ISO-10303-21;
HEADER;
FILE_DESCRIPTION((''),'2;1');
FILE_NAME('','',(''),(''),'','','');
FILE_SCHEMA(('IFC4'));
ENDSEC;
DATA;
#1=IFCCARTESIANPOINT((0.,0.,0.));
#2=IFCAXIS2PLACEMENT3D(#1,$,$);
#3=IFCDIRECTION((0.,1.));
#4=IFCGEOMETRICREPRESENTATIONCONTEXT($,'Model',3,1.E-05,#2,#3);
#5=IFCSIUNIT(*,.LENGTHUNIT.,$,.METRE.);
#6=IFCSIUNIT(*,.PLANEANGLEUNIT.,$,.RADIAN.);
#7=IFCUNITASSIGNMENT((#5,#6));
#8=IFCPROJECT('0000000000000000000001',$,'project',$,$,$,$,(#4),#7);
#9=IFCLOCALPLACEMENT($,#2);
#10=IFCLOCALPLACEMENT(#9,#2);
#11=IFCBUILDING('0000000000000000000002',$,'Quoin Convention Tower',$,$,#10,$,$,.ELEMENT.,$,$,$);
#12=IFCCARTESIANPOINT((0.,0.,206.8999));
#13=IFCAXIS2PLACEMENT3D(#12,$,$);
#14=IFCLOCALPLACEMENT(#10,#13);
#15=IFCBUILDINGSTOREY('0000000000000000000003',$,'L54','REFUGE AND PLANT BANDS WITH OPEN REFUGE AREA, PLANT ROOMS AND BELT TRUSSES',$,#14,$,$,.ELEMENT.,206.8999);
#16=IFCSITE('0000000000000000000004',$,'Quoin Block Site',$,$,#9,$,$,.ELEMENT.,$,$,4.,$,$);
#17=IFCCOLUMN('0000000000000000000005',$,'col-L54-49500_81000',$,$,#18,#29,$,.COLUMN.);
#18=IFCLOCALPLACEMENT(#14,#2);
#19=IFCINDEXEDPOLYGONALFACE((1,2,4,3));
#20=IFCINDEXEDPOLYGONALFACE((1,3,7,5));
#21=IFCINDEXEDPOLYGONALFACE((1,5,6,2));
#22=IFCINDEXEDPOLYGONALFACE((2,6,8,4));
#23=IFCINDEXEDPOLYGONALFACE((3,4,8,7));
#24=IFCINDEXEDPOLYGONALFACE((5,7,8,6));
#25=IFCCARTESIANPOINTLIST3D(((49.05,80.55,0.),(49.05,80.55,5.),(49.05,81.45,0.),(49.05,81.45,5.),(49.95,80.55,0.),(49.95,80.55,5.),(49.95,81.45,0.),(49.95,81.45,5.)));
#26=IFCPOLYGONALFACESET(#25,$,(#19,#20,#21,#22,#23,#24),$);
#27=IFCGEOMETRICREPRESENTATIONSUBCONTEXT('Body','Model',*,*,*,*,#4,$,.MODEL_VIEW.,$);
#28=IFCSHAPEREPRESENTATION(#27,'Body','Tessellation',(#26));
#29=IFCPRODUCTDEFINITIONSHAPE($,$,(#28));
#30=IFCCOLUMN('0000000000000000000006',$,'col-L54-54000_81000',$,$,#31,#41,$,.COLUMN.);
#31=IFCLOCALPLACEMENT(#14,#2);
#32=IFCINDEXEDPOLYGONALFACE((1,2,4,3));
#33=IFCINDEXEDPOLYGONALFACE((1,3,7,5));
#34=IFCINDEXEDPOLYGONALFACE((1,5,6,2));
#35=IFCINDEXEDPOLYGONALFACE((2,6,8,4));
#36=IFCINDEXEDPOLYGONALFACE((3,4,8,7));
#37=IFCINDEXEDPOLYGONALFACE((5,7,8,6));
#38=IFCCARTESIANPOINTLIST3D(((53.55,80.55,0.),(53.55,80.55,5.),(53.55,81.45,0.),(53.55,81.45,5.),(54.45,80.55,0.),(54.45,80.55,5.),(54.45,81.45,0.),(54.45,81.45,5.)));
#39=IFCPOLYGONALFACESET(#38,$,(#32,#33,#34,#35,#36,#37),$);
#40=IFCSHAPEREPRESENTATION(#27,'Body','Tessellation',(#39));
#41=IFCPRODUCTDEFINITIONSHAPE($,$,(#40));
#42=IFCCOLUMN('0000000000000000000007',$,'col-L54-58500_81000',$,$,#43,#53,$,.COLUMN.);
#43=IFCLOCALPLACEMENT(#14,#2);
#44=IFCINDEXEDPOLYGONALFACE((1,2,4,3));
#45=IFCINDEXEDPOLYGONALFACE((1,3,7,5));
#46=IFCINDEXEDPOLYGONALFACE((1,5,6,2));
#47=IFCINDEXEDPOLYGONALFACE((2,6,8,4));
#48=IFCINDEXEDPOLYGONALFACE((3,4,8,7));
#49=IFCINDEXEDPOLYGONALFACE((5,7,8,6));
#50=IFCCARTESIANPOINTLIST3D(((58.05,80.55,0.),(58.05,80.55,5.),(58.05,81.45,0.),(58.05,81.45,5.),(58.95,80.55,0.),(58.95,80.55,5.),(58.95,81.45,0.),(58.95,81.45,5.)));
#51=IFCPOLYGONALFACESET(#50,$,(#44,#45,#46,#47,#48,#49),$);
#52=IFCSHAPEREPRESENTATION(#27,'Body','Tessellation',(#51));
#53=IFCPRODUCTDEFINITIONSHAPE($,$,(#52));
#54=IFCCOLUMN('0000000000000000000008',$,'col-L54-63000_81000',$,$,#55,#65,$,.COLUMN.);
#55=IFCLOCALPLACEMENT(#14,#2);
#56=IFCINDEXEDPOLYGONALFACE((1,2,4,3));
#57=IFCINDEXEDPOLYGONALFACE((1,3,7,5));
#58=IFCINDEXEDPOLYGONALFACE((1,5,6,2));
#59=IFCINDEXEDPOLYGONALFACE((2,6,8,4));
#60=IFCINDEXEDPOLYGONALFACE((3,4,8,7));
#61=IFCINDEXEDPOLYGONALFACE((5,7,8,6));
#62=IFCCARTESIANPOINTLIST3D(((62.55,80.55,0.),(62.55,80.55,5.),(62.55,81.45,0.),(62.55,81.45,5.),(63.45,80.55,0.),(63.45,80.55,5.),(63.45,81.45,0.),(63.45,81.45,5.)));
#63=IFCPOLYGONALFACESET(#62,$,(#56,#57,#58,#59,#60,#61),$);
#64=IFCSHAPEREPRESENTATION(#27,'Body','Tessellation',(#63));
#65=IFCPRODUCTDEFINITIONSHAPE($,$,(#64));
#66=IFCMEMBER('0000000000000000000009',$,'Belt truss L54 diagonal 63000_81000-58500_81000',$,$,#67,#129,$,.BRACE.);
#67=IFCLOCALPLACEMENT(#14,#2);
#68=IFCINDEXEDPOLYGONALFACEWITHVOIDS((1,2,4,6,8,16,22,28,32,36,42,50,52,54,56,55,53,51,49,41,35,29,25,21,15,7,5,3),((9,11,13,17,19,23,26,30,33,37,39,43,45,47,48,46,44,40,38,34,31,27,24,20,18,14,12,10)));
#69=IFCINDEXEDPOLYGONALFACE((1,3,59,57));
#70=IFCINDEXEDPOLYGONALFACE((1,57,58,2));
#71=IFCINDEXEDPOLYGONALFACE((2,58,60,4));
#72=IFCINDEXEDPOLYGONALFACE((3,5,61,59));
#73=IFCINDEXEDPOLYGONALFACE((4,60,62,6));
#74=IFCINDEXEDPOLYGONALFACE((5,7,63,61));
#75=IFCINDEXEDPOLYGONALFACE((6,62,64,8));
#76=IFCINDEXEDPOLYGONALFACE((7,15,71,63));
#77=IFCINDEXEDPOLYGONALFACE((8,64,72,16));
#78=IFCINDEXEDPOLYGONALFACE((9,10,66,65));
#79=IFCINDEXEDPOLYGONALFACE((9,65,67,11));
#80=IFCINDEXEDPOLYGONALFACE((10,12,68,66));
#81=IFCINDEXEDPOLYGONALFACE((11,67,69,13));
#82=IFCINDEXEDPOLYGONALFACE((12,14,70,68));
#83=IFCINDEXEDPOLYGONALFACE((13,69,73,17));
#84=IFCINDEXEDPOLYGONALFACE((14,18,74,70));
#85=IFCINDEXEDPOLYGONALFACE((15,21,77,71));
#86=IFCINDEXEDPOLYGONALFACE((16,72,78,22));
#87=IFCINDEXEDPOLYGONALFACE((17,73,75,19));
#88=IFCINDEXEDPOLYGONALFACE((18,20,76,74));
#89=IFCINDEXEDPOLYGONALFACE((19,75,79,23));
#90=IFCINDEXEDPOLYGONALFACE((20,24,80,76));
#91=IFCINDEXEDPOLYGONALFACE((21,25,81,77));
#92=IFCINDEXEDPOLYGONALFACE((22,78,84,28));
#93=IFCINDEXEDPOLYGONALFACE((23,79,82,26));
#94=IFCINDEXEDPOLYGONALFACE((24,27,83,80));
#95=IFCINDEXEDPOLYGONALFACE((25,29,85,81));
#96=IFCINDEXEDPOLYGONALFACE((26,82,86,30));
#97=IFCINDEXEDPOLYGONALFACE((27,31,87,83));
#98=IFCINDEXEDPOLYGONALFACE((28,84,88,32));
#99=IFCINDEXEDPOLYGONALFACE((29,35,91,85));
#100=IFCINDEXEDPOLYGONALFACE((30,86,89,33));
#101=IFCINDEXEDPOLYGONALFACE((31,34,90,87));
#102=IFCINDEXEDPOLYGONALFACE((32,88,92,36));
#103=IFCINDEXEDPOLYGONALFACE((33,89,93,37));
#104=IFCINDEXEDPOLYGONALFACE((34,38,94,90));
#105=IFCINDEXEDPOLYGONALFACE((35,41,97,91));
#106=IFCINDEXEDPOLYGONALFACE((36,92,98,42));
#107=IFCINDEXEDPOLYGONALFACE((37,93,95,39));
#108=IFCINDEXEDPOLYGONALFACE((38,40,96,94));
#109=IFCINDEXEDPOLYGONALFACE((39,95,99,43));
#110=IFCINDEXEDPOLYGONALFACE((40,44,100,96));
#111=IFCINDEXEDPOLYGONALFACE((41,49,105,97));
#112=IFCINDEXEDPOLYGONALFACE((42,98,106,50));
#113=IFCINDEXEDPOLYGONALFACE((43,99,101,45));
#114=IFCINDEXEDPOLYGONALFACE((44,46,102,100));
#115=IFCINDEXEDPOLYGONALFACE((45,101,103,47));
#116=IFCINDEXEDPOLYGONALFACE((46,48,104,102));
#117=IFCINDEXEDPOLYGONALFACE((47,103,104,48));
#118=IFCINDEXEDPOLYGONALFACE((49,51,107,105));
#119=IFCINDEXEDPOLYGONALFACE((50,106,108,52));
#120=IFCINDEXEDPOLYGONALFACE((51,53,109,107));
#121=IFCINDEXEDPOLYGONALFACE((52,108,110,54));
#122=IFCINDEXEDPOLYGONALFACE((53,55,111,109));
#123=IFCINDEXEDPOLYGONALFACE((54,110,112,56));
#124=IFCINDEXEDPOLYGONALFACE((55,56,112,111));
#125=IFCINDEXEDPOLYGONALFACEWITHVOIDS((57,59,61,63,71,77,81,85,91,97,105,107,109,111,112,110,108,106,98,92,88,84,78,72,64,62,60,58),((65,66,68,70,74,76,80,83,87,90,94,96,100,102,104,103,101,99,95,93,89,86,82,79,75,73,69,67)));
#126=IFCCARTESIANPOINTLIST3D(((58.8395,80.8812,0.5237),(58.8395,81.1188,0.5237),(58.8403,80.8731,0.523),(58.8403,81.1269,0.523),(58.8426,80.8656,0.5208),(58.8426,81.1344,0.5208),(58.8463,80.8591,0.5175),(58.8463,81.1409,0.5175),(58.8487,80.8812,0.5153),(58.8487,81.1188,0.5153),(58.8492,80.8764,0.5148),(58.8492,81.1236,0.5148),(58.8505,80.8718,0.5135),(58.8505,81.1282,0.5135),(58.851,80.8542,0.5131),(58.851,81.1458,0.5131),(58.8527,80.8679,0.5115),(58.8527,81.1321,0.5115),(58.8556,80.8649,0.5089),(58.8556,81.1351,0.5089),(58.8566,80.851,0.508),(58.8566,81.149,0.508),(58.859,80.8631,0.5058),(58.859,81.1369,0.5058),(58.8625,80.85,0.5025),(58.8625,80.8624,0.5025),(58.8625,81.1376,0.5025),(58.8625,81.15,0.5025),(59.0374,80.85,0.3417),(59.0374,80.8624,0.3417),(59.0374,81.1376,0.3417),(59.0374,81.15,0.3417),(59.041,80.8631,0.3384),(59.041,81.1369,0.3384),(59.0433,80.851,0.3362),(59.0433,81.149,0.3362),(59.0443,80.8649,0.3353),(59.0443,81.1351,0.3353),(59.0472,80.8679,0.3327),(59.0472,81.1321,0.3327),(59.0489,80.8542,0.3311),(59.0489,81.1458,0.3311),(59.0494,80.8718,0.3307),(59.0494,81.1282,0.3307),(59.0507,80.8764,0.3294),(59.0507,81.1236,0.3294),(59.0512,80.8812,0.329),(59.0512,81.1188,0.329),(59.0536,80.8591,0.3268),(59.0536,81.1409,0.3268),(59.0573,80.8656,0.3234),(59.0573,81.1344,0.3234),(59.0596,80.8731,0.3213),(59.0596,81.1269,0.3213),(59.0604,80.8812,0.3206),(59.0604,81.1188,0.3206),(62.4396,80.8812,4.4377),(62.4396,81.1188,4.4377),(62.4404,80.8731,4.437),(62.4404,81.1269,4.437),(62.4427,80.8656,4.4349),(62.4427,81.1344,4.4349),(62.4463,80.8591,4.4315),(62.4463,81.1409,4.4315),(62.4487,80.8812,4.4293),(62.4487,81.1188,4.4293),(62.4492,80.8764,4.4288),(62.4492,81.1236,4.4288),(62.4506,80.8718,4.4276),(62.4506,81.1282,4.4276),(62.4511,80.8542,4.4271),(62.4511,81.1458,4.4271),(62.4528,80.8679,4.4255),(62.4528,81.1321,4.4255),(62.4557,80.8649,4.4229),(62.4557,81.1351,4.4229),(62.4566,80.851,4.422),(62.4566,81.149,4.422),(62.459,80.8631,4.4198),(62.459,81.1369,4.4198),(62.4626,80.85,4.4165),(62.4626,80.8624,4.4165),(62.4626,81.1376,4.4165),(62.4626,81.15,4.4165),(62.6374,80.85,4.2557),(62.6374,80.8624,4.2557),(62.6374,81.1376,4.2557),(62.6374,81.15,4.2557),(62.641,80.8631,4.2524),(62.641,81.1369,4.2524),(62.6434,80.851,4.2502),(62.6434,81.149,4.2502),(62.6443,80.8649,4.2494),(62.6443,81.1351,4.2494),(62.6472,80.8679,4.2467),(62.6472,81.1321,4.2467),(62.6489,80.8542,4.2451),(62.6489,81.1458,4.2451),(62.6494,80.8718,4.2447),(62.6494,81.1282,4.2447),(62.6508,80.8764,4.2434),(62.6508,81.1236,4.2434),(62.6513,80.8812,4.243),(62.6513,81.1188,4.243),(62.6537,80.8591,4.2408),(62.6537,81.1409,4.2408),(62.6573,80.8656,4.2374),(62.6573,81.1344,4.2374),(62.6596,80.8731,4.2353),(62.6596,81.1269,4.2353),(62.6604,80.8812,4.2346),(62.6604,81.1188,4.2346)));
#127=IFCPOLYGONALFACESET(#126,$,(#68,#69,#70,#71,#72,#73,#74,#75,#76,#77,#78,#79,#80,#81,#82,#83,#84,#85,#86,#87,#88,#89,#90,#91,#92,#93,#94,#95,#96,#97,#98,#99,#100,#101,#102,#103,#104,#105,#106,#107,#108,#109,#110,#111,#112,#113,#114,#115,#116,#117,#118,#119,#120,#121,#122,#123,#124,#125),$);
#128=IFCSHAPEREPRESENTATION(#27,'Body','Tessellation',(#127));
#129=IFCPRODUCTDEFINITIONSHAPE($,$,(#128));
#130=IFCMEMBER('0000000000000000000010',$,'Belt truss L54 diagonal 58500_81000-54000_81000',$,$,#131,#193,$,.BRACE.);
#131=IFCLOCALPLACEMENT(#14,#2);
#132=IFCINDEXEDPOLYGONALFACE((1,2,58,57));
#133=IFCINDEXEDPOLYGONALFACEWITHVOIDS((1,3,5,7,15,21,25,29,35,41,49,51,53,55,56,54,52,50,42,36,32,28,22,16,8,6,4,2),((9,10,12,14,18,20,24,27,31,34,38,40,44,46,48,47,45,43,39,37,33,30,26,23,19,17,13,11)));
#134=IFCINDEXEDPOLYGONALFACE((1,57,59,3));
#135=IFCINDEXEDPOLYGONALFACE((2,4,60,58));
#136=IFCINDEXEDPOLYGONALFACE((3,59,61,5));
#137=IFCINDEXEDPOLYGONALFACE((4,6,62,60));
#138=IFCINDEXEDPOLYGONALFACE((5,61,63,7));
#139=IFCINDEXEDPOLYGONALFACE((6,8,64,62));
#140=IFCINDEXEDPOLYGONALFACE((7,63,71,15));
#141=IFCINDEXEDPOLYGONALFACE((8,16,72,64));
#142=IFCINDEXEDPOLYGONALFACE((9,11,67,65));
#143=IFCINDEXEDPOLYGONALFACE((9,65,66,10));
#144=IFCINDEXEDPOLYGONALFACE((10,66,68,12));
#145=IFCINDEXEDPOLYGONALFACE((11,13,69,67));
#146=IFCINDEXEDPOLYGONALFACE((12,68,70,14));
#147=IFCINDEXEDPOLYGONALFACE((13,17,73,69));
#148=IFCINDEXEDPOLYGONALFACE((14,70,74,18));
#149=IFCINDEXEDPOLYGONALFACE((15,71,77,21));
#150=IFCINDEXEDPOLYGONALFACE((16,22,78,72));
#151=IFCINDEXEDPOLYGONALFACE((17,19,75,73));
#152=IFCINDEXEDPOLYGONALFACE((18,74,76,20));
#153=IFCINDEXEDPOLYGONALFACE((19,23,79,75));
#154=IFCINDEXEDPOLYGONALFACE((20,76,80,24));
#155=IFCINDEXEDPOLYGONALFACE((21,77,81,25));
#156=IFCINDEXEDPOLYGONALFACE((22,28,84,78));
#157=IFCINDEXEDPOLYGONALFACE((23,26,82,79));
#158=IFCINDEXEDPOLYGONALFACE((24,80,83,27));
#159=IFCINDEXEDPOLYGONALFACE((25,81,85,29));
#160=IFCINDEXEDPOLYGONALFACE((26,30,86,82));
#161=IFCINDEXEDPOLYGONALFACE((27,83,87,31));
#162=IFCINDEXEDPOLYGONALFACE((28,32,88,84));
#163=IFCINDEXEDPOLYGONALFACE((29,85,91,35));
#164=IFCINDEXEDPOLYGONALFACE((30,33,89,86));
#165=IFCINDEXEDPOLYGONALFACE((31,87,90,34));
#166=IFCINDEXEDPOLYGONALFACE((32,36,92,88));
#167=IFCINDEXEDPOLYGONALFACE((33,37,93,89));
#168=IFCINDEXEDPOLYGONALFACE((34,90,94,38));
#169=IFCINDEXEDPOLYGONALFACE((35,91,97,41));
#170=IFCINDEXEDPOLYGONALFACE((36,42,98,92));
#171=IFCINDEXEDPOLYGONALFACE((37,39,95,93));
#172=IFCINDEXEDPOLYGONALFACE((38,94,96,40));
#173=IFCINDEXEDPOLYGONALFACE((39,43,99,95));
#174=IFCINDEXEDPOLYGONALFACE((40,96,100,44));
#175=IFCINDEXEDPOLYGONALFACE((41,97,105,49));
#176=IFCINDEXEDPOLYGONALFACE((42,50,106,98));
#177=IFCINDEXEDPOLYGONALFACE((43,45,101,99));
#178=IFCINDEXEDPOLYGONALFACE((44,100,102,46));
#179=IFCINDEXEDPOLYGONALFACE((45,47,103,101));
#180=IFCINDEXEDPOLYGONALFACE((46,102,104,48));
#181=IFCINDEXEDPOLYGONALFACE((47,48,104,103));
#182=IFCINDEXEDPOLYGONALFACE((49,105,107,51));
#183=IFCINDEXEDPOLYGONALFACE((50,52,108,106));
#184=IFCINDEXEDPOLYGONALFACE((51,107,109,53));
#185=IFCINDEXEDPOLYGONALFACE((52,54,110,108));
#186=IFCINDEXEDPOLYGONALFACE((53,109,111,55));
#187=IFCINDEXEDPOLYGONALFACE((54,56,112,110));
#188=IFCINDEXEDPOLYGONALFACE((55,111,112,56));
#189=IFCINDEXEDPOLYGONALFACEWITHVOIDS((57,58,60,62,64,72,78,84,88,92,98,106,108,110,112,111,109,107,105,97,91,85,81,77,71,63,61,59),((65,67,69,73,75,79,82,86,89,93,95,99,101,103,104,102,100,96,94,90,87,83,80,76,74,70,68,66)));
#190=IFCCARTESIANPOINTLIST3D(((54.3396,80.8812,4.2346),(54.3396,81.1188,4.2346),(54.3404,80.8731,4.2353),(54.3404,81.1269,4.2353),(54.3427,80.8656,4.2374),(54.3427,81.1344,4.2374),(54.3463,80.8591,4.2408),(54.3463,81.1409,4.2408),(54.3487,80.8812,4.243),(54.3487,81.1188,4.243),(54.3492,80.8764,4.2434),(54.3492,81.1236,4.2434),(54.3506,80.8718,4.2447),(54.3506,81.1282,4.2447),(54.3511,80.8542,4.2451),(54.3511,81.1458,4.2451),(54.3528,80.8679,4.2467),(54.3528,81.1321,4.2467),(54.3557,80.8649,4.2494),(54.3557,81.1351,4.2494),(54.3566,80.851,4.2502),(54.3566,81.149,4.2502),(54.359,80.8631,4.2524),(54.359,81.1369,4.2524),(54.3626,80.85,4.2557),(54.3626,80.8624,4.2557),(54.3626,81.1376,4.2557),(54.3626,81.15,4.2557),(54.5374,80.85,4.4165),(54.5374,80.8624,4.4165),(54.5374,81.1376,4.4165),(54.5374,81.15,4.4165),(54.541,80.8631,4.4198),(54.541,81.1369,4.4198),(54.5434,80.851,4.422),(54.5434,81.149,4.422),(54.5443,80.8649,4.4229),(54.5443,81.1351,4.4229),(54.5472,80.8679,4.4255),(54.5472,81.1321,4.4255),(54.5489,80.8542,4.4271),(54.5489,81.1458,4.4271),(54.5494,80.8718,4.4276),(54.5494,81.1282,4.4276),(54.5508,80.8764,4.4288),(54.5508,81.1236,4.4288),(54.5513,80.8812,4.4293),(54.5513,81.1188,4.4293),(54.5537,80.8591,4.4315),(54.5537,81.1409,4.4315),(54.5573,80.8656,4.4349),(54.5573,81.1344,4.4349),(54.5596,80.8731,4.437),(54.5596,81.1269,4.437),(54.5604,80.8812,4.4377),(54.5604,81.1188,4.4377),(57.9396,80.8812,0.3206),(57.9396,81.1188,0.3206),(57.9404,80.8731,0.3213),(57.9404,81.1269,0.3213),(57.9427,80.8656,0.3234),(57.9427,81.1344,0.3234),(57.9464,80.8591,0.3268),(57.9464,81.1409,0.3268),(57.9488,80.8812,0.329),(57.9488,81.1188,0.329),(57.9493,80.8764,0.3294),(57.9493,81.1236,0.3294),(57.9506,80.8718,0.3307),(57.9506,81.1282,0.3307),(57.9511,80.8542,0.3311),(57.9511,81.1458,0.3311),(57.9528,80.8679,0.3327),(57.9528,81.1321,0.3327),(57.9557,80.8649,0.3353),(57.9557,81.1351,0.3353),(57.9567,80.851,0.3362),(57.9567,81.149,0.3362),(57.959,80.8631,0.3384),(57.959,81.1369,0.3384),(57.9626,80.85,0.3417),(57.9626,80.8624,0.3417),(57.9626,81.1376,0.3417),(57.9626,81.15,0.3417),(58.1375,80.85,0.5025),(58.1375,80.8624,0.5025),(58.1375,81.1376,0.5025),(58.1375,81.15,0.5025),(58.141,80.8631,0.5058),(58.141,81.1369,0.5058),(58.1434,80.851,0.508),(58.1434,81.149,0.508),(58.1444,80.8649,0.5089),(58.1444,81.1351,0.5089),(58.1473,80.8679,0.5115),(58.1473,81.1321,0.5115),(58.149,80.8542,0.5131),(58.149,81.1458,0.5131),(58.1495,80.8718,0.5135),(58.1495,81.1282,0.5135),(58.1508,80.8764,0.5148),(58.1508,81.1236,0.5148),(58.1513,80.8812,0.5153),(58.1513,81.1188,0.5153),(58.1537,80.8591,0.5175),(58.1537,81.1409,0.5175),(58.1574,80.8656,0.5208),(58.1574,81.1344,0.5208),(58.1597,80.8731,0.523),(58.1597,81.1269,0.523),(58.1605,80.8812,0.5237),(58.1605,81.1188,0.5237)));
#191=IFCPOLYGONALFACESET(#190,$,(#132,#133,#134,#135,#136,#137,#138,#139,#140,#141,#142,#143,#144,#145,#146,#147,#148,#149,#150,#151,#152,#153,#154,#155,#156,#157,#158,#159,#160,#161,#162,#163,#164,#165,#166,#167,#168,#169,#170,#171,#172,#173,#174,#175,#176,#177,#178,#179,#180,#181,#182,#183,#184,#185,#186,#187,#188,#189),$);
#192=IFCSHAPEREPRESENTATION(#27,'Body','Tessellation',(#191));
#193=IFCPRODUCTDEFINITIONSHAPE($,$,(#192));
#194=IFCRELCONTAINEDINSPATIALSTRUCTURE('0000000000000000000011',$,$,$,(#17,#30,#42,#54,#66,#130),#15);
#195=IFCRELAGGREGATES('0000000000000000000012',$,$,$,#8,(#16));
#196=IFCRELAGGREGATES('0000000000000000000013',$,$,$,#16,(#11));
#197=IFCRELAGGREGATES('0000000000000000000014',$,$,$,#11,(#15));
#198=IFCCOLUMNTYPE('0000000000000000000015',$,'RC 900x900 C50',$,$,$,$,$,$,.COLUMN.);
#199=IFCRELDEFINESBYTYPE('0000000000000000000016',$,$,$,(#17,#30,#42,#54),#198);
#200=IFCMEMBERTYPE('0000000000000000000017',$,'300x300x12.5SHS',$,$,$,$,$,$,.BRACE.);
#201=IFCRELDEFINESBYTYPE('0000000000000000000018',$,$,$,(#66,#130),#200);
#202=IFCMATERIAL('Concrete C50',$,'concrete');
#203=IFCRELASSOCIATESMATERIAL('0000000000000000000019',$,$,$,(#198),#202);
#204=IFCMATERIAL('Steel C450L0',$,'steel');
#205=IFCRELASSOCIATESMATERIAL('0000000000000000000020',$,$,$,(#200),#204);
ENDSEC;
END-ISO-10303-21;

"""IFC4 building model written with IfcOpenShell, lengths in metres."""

from ifc_helpers import new_model, si_unit, direction, frame, origin, origin_2d, place, context, subcontext, project, spatial, rectangle, hollow_rectangle, extrude, material, material_profile, profile_set, type_object, element, save


model = new_model("IFC4")

# Units and contexts
model_context = context("Model", 3, precision=1e-05, world=origin(), true_north=direction((0.0, 1.0)))
body_context = subcontext(model_context, "Body", "Model", "MODEL_VIEW")
ifc_project = project(units=[si_unit("LENGTHUNIT", "METRE"), si_unit("PLANEANGLEUNIT", "RADIAN")], contexts=[model_context])

# Site, building, storey
site_placement = place(None, origin())
site = spatial("IfcSite", under=ifc_project, at=site_placement, Name="Quoin Block Site", CompositionType="ELEMENT", RefElevation=4.0)
building_placement = place(site_placement, origin())
building = spatial("IfcBuilding", under=site, at=building_placement, Name="Quoin Convention Tower", CompositionType="ELEMENT")
storey_placement = place(building_placement, frame((0.0, 0.0, 206.8999)))
storey = spatial("IfcBuildingStorey", under=building, at=storey_placement, Name="L54", Description="REFUGE AND PLANT BANDS WITH OPEN REFUGE AREA, PLANT ROOMS AND BELT TRUSSES", CompositionType="ELEMENT", Elevation=206.8999)

# Columns
ifc_material_1 = material(Name="Concrete C50", Category="concrete")
ifc_material_profile_1 = material_profile(ifc_material_1, rectangle(XDim=0.8999, YDim=0.8999, at=origin_2d()), Name="RC 900x900")
ifc_profile_set_1 = profile_set([ifc_material_profile_1], Name="Concrete C50")
column_type = type_object("IfcColumnType", Name="RC 900x900 C50", PredefinedType="COLUMN", material=ifc_profile_set_1)
for number, where, z_axis, x_axis, name in (
    (1, (49.5, 81.0, 0.0), (0.0, 0.0, 1.0), (1.0, 0.0, 0.0), "col-L54-49500_81000"),
    (2, (54.0, 81.0, 0.0), (0.0, 0.0, 1.0), (1.0, 0.0, 0.0), "col-L54-54000_81000"),
    (3, (58.5, 81.0, 0.0), (0.0, 0.0, 1.0), (1.0, 0.0, 0.0), "col-L54-58500_81000"),
    (4, (63.0, 81.0, 0.0), (0.0, 0.0, 1.0), (1.0, 0.0, 0.0), "col-L54-63000_81000"),
):
    element("IfcColumn", number, at=place(storey_placement, frame(where, z_axis=z_axis, x_axis=x_axis)), inside=storey, type_object=column_type, Name=name, PredefinedType="COLUMN", context=body_context, shape_type="SweptSolid", body=[
        extrude(rectangle(XDim=0.8999, YDim=0.8999, at=origin_2d()), origin(), (0.0, 0.0, 1.0), 5.0),
    ])

# Members
ifc_material_2 = material(Name="Steel C450L0", Category="steel")
ifc_material_profile_2 = material_profile(ifc_material_2, hollow_rectangle(XDim=0.3, YDim=0.3, WallThickness=0.0125, InnerFilletRadius=0.0188, OuterFilletRadius=0.0312, at=origin_2d()), Name="300x300x12.5SHS")
ifc_profile_set_2 = profile_set([ifc_material_profile_2], Name="Steel C450L0")
member_type_1 = type_object("IfcMemberType", Name="300x300x12.5SHS", PredefinedType="BRACE", material=ifc_profile_set_2)
for number, where, z_axis, x_axis, name in (
    (5, (58.95, 81.0, 0.4221), (0.676971, 0.0, 0.73601), (0.0, 1.0, 0.0), "Belt truss L54 diagonal 63000_81000-58500_81000"),
    (6, (58.05, 81.0, 0.4221), (-0.676971, 0.0, 0.73601), (0.0, -1.0, 0.0), "Belt truss L54 diagonal 58500_81000-54000_81000"),
):
    element("IfcMember", number, at=place(storey_placement, frame(where, z_axis=z_axis, x_axis=x_axis)), inside=storey, type_object=member_type_1, Name=name, PredefinedType="BRACE", context=body_context, shape_type="SweptSolid", body=[
        extrude(hollow_rectangle(XDim=0.3, YDim=0.3, WallThickness=0.0125, InnerFilletRadius=0.0188, OuterFilletRadius=0.0312, at=origin_2d()), origin(), (0.0, 0.0, 1.0), 5.3179),
    ])

save(model, "model.ifc")
